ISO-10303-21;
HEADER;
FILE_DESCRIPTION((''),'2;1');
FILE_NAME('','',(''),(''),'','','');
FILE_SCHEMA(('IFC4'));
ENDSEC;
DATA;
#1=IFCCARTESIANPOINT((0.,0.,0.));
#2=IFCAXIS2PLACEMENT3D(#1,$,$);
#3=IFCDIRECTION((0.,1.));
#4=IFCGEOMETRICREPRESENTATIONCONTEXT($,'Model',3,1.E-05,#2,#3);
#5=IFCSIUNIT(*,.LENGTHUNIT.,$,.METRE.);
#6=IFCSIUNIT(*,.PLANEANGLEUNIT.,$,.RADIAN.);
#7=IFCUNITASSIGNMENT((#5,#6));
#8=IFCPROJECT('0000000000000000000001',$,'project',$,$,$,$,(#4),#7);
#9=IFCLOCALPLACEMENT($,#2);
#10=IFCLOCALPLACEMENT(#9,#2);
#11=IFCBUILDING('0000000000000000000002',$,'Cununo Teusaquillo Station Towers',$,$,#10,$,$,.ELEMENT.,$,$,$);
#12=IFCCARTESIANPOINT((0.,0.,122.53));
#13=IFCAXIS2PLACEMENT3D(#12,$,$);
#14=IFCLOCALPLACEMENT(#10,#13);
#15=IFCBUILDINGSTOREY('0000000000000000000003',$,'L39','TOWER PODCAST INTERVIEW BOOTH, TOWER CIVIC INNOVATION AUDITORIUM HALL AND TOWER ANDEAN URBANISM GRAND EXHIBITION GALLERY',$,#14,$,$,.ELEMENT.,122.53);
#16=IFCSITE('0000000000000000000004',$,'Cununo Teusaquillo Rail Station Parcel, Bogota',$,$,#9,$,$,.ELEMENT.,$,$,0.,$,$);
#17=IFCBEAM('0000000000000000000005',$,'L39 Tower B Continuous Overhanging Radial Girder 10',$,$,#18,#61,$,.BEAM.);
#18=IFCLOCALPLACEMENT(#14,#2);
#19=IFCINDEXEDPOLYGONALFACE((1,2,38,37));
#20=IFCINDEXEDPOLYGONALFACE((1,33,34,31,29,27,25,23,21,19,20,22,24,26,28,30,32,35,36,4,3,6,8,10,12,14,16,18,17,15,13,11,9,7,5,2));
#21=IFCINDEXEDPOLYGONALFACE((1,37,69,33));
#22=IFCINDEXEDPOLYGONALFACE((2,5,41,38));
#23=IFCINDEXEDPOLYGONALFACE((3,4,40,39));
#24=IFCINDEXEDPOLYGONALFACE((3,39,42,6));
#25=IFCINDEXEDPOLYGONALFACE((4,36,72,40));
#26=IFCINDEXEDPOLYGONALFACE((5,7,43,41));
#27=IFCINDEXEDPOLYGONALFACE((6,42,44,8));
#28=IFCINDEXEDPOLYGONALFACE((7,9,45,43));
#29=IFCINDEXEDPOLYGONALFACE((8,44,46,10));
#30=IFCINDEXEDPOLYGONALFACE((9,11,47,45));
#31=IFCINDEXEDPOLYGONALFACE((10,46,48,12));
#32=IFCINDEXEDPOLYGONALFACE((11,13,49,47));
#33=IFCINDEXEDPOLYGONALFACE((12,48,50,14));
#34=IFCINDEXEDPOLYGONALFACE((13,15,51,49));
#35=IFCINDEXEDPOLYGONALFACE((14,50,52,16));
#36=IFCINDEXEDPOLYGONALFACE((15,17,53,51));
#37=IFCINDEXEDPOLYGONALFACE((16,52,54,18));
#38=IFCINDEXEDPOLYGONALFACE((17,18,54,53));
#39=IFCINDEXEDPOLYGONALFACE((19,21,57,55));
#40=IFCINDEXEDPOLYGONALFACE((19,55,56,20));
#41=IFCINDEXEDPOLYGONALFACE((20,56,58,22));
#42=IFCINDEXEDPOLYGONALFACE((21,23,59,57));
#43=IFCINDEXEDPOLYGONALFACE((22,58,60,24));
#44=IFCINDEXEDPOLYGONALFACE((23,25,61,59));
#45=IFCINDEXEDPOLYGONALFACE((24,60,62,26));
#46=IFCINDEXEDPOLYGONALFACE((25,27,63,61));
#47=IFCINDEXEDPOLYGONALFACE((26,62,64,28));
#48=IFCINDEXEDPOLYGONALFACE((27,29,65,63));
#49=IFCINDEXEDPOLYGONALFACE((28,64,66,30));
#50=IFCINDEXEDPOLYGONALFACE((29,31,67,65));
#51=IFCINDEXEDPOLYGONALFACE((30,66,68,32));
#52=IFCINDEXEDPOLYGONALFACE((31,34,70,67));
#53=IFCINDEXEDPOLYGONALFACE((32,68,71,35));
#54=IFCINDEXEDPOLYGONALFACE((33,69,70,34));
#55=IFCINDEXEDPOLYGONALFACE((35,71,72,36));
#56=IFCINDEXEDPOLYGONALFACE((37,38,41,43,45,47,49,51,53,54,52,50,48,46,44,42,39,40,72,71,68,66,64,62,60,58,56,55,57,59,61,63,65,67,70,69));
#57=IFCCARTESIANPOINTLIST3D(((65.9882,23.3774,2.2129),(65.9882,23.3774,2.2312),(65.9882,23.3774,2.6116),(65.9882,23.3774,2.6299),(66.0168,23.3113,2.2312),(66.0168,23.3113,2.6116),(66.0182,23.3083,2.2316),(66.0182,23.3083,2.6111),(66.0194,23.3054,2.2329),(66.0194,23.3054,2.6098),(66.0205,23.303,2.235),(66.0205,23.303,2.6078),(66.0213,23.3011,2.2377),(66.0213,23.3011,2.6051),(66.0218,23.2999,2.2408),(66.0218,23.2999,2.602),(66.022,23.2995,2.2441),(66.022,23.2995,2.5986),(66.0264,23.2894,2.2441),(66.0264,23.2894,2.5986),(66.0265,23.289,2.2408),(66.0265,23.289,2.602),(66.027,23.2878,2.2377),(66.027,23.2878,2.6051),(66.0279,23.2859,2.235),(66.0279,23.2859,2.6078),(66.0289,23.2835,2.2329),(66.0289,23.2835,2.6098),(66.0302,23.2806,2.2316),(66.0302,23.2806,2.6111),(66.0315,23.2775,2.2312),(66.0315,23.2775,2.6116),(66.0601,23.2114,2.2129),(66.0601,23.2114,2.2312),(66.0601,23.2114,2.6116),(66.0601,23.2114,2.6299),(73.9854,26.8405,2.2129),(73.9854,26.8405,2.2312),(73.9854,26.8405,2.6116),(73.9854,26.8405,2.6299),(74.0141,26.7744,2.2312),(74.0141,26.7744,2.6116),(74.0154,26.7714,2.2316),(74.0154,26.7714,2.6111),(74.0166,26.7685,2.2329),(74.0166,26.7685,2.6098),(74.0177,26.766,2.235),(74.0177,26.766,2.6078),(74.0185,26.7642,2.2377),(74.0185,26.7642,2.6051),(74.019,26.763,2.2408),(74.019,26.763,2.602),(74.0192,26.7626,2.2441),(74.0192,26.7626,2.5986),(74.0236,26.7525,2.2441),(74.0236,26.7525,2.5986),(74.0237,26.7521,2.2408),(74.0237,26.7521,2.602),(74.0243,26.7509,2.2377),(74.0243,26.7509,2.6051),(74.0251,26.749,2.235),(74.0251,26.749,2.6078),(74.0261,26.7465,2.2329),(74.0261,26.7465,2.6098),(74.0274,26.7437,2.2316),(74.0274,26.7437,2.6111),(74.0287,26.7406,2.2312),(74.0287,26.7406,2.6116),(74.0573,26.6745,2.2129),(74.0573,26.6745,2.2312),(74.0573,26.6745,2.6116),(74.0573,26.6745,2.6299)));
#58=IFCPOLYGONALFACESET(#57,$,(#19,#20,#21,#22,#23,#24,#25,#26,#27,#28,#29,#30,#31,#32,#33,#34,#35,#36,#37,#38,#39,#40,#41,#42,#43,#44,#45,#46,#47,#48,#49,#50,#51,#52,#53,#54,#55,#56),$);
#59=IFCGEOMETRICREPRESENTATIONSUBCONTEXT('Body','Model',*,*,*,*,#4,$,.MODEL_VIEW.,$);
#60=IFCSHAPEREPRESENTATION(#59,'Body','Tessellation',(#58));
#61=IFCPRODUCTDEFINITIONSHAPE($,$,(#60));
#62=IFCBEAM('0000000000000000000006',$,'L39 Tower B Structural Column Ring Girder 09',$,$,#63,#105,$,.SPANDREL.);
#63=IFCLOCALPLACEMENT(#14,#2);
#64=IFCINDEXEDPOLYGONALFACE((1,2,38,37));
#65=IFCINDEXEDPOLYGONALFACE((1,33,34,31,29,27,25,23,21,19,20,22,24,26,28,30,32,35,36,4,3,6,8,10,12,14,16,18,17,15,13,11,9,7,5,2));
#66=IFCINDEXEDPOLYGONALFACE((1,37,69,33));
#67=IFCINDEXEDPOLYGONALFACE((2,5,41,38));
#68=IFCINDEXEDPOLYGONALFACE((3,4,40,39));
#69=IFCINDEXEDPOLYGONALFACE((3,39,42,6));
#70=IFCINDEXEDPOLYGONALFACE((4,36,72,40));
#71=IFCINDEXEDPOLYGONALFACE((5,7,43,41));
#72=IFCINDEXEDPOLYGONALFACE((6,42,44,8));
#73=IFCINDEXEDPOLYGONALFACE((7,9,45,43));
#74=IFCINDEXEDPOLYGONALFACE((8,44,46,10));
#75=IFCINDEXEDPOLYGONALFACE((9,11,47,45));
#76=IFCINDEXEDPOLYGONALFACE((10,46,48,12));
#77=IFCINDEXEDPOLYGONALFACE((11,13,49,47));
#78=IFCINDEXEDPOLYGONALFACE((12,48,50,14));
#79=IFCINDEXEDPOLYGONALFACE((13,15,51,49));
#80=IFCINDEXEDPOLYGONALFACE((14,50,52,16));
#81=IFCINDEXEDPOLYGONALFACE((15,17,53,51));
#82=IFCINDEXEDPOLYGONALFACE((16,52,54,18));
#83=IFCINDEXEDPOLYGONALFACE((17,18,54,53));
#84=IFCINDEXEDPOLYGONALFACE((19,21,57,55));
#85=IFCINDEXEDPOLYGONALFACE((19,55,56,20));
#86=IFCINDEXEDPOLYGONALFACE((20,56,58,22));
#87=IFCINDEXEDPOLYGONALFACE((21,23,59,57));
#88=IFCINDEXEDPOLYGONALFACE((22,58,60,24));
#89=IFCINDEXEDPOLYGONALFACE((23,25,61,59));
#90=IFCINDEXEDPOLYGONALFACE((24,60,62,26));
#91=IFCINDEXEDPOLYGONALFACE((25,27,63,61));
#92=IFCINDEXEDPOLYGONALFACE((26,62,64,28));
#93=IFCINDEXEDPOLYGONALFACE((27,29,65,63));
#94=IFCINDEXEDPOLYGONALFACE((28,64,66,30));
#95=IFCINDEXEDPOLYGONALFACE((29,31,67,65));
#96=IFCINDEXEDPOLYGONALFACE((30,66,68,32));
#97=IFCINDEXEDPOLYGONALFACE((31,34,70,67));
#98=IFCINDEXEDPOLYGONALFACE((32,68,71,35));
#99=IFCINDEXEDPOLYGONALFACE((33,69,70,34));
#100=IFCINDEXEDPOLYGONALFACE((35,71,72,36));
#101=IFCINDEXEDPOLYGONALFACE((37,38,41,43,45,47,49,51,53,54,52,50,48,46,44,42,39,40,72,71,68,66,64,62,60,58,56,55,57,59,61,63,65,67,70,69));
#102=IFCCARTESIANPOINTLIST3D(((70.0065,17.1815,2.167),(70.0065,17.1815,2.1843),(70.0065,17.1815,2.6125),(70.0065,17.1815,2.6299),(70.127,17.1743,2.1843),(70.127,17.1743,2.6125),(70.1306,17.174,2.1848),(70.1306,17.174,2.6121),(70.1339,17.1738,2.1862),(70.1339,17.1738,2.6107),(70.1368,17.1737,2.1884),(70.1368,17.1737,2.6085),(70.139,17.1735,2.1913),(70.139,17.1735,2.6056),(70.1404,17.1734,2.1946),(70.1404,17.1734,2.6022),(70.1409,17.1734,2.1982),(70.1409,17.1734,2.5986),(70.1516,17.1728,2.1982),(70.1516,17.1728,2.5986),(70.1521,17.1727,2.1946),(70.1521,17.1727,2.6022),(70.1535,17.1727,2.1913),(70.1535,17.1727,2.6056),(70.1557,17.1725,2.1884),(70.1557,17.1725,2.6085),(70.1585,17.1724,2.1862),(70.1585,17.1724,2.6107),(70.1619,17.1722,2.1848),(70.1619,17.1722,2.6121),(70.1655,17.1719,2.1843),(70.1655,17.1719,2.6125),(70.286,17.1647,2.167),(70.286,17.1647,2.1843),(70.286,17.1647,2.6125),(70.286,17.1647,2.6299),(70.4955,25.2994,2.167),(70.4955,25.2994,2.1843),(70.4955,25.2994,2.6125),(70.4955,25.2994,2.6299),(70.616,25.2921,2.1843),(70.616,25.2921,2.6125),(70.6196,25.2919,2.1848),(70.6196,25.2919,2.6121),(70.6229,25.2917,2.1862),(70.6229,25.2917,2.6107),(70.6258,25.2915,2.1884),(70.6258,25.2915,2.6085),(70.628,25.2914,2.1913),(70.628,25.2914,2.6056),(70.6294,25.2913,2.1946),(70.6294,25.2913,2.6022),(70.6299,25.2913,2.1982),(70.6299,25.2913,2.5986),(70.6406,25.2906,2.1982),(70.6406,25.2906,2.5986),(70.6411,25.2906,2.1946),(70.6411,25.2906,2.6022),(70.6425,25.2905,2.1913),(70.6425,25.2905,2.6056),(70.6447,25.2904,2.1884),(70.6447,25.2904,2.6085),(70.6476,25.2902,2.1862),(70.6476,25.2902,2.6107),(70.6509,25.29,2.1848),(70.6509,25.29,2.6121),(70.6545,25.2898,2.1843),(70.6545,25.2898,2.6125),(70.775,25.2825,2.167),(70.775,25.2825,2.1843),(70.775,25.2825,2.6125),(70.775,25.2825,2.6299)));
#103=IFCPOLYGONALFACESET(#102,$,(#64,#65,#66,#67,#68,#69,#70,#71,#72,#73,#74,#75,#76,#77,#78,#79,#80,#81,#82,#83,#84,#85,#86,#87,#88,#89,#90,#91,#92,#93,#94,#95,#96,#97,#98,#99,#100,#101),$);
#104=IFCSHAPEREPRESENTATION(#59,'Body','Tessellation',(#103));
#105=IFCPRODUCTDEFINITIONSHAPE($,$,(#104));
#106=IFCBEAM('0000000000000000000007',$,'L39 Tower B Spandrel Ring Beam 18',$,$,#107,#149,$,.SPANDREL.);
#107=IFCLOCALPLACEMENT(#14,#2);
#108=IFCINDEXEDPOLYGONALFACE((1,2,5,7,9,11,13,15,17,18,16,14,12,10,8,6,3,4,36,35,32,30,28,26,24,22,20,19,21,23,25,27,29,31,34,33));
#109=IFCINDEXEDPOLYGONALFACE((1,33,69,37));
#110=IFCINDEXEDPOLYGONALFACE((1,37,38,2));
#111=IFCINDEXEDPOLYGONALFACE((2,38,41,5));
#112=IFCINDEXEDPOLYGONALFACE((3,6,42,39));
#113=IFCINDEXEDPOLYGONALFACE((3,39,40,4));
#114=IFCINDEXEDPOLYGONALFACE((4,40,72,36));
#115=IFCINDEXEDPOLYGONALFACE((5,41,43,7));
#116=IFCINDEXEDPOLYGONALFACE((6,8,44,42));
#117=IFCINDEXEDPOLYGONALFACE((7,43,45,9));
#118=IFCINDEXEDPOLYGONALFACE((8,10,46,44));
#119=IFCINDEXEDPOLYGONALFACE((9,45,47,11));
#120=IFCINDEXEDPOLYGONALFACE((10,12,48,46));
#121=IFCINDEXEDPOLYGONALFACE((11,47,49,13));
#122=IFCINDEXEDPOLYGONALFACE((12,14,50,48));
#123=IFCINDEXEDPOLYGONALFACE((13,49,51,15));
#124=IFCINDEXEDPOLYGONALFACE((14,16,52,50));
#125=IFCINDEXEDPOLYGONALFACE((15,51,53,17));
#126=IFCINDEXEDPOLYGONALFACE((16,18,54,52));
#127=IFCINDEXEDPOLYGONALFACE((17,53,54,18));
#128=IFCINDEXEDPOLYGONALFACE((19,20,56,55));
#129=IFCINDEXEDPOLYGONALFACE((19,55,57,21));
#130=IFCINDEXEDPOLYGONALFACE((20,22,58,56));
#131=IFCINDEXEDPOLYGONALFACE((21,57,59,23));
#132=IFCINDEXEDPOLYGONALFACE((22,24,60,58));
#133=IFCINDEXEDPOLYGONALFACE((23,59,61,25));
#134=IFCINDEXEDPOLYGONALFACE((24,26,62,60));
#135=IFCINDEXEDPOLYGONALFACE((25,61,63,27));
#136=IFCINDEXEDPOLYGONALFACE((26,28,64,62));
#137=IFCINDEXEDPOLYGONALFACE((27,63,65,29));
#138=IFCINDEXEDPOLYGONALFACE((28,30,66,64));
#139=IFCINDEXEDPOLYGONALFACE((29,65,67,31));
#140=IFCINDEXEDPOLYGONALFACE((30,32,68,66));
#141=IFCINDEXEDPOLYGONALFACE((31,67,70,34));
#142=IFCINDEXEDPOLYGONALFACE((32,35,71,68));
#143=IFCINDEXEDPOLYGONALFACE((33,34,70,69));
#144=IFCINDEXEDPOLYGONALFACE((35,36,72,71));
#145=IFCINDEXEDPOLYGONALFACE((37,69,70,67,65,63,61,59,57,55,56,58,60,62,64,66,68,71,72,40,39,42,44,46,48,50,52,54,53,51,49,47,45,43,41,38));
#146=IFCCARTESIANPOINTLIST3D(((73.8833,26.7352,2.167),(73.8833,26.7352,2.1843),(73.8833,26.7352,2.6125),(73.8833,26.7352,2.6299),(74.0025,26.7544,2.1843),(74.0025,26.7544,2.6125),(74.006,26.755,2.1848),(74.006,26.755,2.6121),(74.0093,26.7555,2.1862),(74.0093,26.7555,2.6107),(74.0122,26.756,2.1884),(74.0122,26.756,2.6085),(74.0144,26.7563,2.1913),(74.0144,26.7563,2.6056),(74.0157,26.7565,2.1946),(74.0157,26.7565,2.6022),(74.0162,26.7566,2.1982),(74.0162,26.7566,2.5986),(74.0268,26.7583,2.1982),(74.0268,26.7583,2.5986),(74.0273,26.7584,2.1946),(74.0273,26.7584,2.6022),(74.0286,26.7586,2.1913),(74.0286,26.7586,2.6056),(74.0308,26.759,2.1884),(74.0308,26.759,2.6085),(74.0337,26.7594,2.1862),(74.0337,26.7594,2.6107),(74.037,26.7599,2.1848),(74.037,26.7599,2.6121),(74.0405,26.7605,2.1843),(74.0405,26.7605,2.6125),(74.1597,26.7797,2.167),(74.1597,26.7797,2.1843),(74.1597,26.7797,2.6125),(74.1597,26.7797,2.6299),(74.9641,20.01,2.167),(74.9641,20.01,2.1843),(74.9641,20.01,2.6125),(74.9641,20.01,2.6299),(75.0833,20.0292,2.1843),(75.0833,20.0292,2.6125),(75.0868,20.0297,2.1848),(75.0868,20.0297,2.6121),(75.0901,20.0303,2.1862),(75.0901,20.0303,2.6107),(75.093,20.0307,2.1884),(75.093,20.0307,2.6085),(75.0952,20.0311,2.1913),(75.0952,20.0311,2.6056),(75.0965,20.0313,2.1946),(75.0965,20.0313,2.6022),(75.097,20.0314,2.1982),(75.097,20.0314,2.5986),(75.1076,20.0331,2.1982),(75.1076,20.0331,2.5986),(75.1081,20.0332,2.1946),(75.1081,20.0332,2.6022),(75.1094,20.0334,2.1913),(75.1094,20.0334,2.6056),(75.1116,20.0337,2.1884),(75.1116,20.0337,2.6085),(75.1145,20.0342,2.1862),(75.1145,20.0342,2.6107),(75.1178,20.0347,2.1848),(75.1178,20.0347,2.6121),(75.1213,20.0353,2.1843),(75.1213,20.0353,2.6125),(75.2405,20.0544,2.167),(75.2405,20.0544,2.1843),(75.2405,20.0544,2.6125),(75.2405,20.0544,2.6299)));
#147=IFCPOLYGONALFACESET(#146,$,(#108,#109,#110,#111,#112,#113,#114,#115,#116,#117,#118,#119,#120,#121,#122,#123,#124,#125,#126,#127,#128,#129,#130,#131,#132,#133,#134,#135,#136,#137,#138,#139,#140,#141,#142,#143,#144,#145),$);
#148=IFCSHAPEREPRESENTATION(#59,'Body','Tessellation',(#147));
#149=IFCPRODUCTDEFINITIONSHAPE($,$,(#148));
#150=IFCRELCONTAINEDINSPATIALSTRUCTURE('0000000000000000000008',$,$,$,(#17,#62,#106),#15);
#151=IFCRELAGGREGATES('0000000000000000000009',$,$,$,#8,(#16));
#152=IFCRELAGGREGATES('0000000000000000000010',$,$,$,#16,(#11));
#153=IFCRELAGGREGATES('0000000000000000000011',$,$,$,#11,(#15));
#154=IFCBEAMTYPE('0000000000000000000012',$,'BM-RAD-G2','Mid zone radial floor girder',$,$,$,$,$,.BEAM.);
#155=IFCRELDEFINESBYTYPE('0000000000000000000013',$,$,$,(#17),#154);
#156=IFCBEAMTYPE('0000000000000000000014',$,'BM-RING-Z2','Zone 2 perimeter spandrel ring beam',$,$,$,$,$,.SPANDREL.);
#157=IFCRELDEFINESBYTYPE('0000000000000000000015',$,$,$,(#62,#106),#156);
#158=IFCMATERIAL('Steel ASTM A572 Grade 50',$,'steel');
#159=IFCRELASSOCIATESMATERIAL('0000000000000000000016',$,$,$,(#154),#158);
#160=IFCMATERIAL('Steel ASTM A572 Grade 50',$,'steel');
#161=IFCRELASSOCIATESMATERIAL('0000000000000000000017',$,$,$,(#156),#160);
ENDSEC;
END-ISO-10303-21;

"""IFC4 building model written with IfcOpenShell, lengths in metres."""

from ifc_helpers import new_model, si_unit, direction, frame, origin, origin_2d, place, context, subcontext, project, spatial, i_section, extrude, material, material_profile, profile_set, type_object, element, save


model = new_model("IFC4")

# Units and contexts
model_context = context("Model", 3, precision=1e-05, world=origin(), true_north=direction((0.0, 1.0)))
body_context = subcontext(model_context, "Body", "Model", "MODEL_VIEW")
ifc_project = project(units=[si_unit("LENGTHUNIT", "METRE"), si_unit("PLANEANGLEUNIT", "RADIAN")], contexts=[model_context])

# Site, building, storey
site_placement = place(None, origin())
site = spatial("IfcSite", under=ifc_project, at=site_placement, Name="Cununo Teusaquillo Rail Station Parcel, Bogota", CompositionType="ELEMENT", RefElevation=0.0)
building_placement = place(site_placement, origin())
building = spatial("IfcBuilding", under=site, at=building_placement, Name="Cununo Teusaquillo Station Towers", CompositionType="ELEMENT")
storey_placement = place(building_placement, frame((0.0, 0.0, 122.53)))
storey = spatial("IfcBuildingStorey", under=building, at=storey_placement, Name="L39", Description="TOWER PODCAST INTERVIEW BOOTH, TOWER CIVIC INNOVATION AUDITORIUM HALL AND TOWER ANDEAN URBANISM GRAND EXHIBITION GALLERY", CompositionType="ELEMENT", Elevation=122.53)

# Beams
ifc_material_1 = material(Name="Steel ASTM A572 Grade 50", Category="steel")
ifc_material_profile_1 = material_profile(ifc_material_1, i_section(OverallWidth=0.1809, OverallDepth=0.417, WebThickness=0.011, FlangeThickness=0.0183, FilletRadius=0.0129, at=origin_2d()), Name="W16X57")
ifc_profile_set_1 = profile_set([ifc_material_profile_1], Name="Steel ASTM A572 Grade 50")
beam_type_1 = type_object("IfcBeamType", Name="BM-RAD-G2", Description="Mid zone radial floor girder", PredefinedType="BEAM", material=ifc_profile_set_1)
beam_1_placement = place(storey_placement, frame((66.0242, 23.2944, 2.4214), z_axis=(0.917655, 0.397379, 0.0), x_axis=(-0.397379, 0.917655, 0.0)))
element("IfcBeam", 1, at=beam_1_placement, inside=storey, type_object=beam_type_1, Name="L39 Tower B Continuous Overhanging Radial Girder 10", PredefinedType="BEAM", context=body_context, shape_type="SweptSolid", body=[
    extrude(i_section(OverallWidth=0.1809, OverallDepth=0.417, WebThickness=0.011, FlangeThickness=0.0183, FilletRadius=0.0129, at=origin_2d()), origin(), (0.0, 0.0, 1.0), 8.7148),
])
ifc_material_2 = material(Name="Steel ASTM A572 Grade 50", Category="steel")
ifc_material_profile_2 = material_profile(ifc_material_2, i_section(OverallWidth=0.28, OverallDepth=0.4629, WebThickness=0.0107, FlangeThickness=0.0173, FilletRadius=0.0139, at=origin_2d()), Name="W18X76")
ifc_profile_set_2 = profile_set([ifc_material_profile_2], Name="Steel ASTM A572 Grade 50")
beam_type_2 = type_object("IfcBeamType", Name="BM-RING-Z2", Description="Zone 2 perimeter spandrel ring beam", PredefinedType="SPANDREL", material=ifc_profile_set_2)
beam_2_placement = place(storey_placement, frame((70.1462, 17.1731, 2.3984), z_axis=(0.06013, 0.998191, 0.0), x_axis=(-0.998191, 0.06013, 0.0)))
element("IfcBeam", 2, at=beam_2_placement, inside=storey, type_object=beam_type_2, Name="L39 Tower B Structural Column Ring Girder 09", PredefinedType="SPANDREL", context=body_context, shape_type="SweptSolid", body=[
    extrude(i_section(OverallWidth=0.28, OverallDepth=0.4629, WebThickness=0.0107, FlangeThickness=0.0173, FilletRadius=0.0139, at=origin_2d()), origin(), (0.0, 0.0, 1.0), 8.1326),
])
beam_3_placement = place(storey_placement, frame((75.1023, 20.0322, 2.3984), z_axis=(-0.158671, 0.987331, 0.0), x_axis=(-0.987331, -0.158671, 0.0)))
element("IfcBeam", 3, at=beam_3_placement, inside=storey, type_object=beam_type_2, Name="L39 Tower B Spandrel Ring Beam 18", PredefinedType="SPANDREL", context=body_context, shape_type="SweptSolid", body=[
    extrude(i_section(OverallWidth=0.28, OverallDepth=0.4629, WebThickness=0.0107, FlangeThickness=0.0173, FilletRadius=0.0139, at=origin_2d()), origin(), (0.0, 0.0, 1.0), 6.8115),
])

save(model, "model.ifc")
